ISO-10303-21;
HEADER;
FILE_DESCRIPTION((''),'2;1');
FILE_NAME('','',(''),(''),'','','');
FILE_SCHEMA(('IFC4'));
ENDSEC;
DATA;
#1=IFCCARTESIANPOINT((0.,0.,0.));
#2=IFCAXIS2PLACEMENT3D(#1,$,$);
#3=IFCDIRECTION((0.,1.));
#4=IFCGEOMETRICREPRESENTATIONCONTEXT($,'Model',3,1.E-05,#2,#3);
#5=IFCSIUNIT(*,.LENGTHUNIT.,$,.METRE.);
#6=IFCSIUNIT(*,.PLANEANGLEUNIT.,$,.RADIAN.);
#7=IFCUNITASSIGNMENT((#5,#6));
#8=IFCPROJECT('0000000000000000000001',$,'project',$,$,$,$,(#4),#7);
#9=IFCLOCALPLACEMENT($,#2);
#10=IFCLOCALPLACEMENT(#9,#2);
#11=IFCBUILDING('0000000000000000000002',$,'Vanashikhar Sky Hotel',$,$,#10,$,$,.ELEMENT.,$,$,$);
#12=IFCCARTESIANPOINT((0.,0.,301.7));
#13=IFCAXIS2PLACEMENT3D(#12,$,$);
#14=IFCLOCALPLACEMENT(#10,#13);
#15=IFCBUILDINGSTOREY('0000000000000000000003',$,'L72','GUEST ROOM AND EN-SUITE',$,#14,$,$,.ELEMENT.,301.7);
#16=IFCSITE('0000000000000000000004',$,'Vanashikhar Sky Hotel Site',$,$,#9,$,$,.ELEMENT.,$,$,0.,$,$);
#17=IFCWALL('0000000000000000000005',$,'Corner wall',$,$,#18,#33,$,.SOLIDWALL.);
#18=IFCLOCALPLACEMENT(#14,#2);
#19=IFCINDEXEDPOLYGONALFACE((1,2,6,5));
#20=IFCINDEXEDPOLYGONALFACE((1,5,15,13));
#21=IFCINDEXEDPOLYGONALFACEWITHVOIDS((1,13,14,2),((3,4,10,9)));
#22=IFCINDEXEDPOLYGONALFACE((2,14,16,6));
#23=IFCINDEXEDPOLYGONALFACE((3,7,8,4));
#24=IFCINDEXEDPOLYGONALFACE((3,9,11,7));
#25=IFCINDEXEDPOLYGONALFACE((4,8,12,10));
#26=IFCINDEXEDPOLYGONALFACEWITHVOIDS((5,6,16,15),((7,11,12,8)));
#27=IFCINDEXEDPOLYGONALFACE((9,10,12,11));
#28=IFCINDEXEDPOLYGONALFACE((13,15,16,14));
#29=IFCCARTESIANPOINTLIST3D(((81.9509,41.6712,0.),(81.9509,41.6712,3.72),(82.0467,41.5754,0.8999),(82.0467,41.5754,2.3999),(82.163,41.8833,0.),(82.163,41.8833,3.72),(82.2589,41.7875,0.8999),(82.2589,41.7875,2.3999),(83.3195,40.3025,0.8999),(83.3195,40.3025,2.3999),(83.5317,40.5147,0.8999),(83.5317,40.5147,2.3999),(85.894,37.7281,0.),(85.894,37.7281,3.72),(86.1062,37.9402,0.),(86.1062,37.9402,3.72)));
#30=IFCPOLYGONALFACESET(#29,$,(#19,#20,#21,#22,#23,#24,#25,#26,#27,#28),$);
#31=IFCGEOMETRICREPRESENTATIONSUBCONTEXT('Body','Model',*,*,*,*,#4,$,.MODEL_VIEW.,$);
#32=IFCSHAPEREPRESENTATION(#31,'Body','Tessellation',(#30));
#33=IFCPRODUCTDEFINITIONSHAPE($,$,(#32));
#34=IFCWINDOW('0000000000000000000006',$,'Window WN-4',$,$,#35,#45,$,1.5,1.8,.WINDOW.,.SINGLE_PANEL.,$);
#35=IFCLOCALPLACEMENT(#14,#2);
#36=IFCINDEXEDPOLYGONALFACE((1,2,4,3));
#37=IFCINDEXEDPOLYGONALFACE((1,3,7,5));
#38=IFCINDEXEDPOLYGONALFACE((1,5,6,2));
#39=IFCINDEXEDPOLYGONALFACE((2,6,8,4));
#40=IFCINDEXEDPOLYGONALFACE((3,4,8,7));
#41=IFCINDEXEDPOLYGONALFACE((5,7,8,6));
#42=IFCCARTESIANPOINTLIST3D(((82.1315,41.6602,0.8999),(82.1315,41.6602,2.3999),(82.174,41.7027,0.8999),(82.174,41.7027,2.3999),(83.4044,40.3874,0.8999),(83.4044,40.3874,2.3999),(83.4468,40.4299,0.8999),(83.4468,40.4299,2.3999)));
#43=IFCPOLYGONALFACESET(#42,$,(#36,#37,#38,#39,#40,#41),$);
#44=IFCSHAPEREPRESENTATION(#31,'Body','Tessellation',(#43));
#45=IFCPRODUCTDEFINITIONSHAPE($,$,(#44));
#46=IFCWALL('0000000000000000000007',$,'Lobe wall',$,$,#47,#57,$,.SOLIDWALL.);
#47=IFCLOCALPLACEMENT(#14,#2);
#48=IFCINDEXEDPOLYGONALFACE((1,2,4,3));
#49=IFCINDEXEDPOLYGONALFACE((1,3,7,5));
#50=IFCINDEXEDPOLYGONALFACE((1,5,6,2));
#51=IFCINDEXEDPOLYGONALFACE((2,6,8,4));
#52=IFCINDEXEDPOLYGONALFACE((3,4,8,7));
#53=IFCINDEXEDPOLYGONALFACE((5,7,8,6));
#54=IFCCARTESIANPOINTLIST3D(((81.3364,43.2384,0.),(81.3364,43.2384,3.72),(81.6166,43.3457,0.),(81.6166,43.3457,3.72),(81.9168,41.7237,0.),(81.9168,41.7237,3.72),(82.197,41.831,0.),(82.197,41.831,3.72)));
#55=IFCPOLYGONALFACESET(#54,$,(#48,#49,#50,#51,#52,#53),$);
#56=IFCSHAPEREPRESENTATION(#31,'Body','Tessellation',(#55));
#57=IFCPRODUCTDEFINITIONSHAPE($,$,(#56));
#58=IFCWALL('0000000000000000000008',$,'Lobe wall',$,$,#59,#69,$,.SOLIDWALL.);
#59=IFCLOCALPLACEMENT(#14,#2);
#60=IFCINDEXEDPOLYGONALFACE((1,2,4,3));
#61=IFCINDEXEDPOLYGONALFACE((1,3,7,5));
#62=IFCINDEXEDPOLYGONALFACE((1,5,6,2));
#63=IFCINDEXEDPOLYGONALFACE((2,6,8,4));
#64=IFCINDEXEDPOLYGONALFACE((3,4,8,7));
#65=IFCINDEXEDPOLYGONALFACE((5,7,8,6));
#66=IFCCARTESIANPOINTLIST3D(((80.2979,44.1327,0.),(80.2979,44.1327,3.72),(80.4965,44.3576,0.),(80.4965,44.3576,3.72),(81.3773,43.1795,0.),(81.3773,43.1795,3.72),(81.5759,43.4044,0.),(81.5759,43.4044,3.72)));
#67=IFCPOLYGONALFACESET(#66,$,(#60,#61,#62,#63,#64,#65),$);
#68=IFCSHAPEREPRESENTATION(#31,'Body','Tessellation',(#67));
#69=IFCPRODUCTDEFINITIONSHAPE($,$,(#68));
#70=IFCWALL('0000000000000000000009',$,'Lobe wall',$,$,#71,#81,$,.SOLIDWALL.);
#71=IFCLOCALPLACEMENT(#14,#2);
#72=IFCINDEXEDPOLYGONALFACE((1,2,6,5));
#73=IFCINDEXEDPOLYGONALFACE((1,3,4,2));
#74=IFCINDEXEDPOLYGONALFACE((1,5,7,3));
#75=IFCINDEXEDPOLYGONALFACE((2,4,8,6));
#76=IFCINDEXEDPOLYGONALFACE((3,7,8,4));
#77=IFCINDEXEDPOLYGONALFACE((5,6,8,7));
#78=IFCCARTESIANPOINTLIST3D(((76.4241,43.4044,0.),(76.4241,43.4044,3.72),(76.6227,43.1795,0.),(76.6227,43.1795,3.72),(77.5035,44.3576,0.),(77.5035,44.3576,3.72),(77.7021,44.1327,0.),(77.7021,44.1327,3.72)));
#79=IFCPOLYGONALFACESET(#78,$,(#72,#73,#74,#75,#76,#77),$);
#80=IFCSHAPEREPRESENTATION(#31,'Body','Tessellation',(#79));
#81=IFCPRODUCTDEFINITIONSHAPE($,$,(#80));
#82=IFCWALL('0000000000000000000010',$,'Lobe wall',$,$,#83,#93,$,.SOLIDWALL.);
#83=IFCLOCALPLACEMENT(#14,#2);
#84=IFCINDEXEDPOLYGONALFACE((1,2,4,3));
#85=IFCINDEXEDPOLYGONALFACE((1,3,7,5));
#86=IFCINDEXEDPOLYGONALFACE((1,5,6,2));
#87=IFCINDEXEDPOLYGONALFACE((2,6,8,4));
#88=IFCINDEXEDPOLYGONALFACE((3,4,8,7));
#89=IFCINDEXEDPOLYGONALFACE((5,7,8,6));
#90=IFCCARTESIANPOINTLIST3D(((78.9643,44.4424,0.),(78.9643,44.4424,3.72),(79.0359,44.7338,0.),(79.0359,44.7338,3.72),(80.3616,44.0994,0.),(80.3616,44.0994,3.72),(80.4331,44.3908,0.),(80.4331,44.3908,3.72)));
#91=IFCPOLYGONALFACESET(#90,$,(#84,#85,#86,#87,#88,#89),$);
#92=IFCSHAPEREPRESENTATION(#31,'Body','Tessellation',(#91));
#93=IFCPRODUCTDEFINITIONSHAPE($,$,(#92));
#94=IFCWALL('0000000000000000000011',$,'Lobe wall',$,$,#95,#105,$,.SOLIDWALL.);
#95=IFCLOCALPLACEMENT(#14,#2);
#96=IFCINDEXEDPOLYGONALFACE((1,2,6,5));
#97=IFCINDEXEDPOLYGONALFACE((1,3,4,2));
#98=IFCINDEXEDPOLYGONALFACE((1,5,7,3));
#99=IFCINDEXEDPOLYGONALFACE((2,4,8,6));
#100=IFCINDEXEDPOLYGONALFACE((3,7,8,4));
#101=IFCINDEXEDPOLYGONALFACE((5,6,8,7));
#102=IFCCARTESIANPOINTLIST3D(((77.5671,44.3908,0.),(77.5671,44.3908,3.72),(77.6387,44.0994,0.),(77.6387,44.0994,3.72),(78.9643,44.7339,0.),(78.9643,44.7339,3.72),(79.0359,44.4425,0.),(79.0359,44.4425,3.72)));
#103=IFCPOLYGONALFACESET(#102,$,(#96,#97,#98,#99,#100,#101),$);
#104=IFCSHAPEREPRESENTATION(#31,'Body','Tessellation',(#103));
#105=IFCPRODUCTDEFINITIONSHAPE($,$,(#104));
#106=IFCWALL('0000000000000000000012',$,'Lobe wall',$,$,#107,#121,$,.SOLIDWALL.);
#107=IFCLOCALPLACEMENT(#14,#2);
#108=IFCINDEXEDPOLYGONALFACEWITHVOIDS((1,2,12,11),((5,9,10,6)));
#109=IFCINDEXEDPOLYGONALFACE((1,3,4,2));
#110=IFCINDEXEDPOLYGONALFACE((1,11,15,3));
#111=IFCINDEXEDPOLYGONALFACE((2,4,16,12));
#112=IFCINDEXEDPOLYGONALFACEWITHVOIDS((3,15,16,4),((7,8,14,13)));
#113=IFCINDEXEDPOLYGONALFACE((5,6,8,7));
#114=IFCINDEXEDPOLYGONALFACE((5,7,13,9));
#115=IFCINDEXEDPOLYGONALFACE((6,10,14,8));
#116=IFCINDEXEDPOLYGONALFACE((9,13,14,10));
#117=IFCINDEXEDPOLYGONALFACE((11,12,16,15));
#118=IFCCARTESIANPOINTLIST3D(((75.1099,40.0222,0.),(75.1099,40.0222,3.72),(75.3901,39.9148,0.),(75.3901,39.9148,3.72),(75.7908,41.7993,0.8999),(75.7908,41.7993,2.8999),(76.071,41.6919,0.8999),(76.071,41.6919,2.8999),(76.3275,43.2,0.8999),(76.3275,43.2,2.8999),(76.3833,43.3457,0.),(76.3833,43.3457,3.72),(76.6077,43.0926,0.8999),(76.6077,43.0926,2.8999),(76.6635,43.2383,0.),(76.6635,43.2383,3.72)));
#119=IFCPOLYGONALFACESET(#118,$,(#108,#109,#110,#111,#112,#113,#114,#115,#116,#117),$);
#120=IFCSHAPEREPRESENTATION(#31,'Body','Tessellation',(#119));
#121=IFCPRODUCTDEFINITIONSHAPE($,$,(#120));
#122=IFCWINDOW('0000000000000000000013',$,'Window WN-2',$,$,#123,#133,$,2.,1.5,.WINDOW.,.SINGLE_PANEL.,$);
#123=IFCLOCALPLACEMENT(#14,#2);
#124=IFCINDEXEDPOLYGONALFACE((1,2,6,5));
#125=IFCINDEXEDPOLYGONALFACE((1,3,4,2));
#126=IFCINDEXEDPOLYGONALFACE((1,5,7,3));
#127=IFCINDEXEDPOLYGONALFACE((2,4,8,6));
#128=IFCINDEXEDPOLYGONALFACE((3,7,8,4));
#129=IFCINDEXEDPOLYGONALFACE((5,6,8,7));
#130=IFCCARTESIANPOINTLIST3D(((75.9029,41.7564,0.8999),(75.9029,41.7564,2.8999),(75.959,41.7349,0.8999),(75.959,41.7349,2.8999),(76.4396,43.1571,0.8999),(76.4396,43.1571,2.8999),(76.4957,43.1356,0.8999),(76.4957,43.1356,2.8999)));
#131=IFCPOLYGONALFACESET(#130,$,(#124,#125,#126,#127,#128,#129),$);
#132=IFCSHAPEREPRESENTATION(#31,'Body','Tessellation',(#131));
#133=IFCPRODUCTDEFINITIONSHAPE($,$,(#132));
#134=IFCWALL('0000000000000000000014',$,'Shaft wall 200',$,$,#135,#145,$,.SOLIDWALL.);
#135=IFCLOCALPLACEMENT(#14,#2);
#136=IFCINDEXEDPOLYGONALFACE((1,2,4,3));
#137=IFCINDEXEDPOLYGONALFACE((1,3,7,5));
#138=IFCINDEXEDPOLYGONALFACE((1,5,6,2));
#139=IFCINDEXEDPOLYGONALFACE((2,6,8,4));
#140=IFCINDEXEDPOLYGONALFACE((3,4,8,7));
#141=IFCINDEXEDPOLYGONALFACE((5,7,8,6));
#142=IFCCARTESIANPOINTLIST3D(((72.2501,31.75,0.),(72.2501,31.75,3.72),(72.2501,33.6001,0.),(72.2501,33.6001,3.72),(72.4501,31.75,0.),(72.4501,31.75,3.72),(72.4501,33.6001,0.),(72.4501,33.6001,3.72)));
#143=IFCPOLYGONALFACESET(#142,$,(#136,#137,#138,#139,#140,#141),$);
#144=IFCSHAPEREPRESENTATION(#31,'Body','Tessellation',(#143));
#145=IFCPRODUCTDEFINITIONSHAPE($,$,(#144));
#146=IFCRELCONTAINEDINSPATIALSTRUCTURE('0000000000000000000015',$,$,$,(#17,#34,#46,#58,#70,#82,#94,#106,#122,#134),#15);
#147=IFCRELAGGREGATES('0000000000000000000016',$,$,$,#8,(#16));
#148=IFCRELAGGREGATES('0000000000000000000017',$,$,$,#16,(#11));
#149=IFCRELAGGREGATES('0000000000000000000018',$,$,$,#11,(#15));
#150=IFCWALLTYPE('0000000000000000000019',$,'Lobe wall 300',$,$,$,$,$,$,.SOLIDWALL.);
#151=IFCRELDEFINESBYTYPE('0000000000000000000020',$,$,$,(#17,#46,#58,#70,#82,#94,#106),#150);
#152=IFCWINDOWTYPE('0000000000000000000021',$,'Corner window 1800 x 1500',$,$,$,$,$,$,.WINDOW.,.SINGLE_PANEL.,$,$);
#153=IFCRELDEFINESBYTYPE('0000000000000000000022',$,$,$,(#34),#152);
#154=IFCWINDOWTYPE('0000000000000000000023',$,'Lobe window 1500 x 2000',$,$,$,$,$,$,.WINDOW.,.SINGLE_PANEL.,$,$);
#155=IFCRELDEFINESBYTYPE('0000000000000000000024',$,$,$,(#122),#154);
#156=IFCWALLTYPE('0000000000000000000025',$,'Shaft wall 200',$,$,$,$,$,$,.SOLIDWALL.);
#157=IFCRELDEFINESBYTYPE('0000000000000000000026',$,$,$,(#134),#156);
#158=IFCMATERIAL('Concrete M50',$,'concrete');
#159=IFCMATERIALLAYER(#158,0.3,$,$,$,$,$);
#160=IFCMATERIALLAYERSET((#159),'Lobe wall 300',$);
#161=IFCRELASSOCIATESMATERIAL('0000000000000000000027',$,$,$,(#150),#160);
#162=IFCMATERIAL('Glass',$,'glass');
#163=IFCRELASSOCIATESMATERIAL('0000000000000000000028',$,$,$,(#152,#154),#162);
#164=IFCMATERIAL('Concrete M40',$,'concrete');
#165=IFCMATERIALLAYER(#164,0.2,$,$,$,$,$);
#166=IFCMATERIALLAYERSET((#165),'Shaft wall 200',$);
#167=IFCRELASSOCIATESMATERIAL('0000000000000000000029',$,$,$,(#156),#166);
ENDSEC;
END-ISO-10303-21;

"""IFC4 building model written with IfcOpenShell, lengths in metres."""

from ifc_helpers import new_model, si_unit, direction, frame, frame_2d, origin, place, context, subcontext, project, spatial, rectangle, extrude, source, transform, mapped, material, layer, layer_set, type_object, element, fill, save


model = new_model("IFC4")

# Units and contexts
model_context = context("Model", 3, precision=1e-05, world=origin(), true_north=direction((0.0, 1.0)))
body_context = subcontext(model_context, "Body", "Model", "MODEL_VIEW")
ifc_project = project(units=[si_unit("LENGTHUNIT", "METRE"), si_unit("PLANEANGLEUNIT", "RADIAN")], contexts=[model_context])

# Site, building, storey
site_placement = place(None, origin())
site = spatial("IfcSite", under=ifc_project, at=site_placement, Name="Vanashikhar Sky Hotel Site", CompositionType="ELEMENT", RefElevation=0.0)
building_placement = place(site_placement, origin())
building = spatial("IfcBuilding", under=site, at=building_placement, Name="Vanashikhar Sky Hotel", CompositionType="ELEMENT")
storey_placement = place(building_placement, frame((0.0, 0.0, 301.7)))
storey = spatial("IfcBuildingStorey", under=building, at=storey_placement, Name="L72", Description="GUEST ROOM AND EN-SUITE", CompositionType="ELEMENT", Elevation=301.7)

# Wall, opening, window
ifc_material_1 = material(Name="Concrete M50", Category="concrete")
ifc_layer_1 = layer(ifc_material_1, 0.3)
ifc_layer_set_1 = layer_set([ifc_layer_1], Name="Lobe wall 300")
wall_type_1 = type_object("IfcWallType", Name="Lobe wall 300", PredefinedType="SOLIDWALL", material=ifc_layer_set_1)
shared_shape_1 = source(origin(), body_context, "Body", "SweptSolid", [
    extrude(rectangle(XDim=5.5764, YDim=0.3, at=frame_2d((2.7881, 0.0))), origin(), (0.0, 0.0, 1.0), 3.72),
])
wall_1_placement = place(storey_placement, frame((86.0, 37.8342, 0.0), z_axis=(0.0, 0.0, 1.0), x_axis=(-0.707107, 0.707107, 0.0)))
wall_1 = element("IfcWall", 1, at=wall_1_placement, inside=storey, type_object=wall_type_1, Name="Corner wall", PredefinedType="SOLIDWALL", context=body_context, shape_type="MappedRepresentation", body=[
    mapped(shared_shape_1, transform((0.0, 0.0, 0.0), scale=1.0)),
])
shared_shape_2 = source(origin(), body_context, "Body", "SweptSolid", [
    extrude(rectangle(XDim=1.8, YDim=1.5, at=frame_2d((0.8999, 0.75))), frame((0.0, 0.1602, 0.0), z_axis=(0.0, -1.0, 0.0), x_axis=(1.0, 0.0, 0.0)), (0.0, 0.0, 1.0), 0.3201),
])
opening_1_placement = place(wall_1_placement, frame((3.6409, 0.0, 0.8999)))
opening_1 = element("IfcOpeningElement", 2, at=opening_1_placement, cuts=wall_1, PredefinedType="OPENING", context=body_context, shape_type="MappedRepresentation", body=[
    mapped(shared_shape_2, transform((0.0, 0.0, 0.0), scale=1.0)),
])
ifc_material_2 = material(Name="Glass", Category="glass")
window_type_1 = type_object("IfcWindowType", Name="Corner window 1800 x 1500", PartitioningType="SINGLE_PANEL", PredefinedType="WINDOW", material=ifc_material_2)
shared_shape_3 = source(origin(), body_context, "Body", "SweptSolid", [
    extrude(rectangle(XDim=1.8, YDim=1.5, at=frame_2d((0.8999, 0.75))), frame((0.0, 0.03, 0.0), z_axis=(0.0, -1.0, 0.0), x_axis=(1.0, 0.0, 0.0)), (0.0, 0.0, 1.0), 0.0601),
])
window_1_placement = place(opening_1_placement, origin())
window_1 = element("IfcWindow", 3, at=window_1_placement, inside=storey, type_object=window_type_1, Name="Window WN-4", OverallHeight=1.5, OverallWidth=1.8, PartitioningType="SINGLE_PANEL", PredefinedType="WINDOW", context=body_context, shape_type="MappedRepresentation", body=[
    mapped(shared_shape_3, transform((0.0, 0.0, 0.0), scale=1.0)),
])
fill(opening_1, window_1)

# Walls
shared_shape_4 = source(origin(), body_context, "Body", "SweptSolid", [
    extrude(rectangle(XDim=1.6221, YDim=0.3, at=frame_2d((0.811, 0.0))), origin(), (0.0, 0.0, 1.0), 3.72),
])
wall_2_placement = place(storey_placement, frame((82.0569, 41.7773, 0.0), z_axis=(0.0, 0.0, 1.0), x_axis=(-0.357779, 0.933806, 0.0)))
element("IfcWall", 4, at=wall_2_placement, inside=storey, type_object=wall_type_1, Name="Lobe wall", PredefinedType="SOLIDWALL", context=body_context, shape_type="MappedRepresentation", body=[
    mapped(shared_shape_4, transform((0.0, 0.0, 0.0), scale=1.0)),
])
shared_shape_5 = source(origin(), body_context, "Body", "SweptSolid", [
    extrude(rectangle(XDim=1.4399, YDim=0.3, at=frame_2d((0.72, 0.0))), origin(), (0.0, 0.0, 1.0), 3.72),
])
for number, where, z_axis, x_axis, name in (
    (5, (81.4766, 43.292, 0.0), (0.0, 0.0, 1.0), (-0.749576, 0.661919, 0.0), "Lobe wall"),
    (6, (77.6028, 44.2451, 0.0), (0.0, 0.0, 1.0), (-0.749576, -0.661919, 0.0), "Lobe wall"),
):
    element("IfcWall", number, at=place(storey_placement, frame(where, z_axis=z_axis, x_axis=x_axis)), inside=storey, type_object=wall_type_1, Name=name, PredefinedType="SOLIDWALL", context=body_context, shape_type="MappedRepresentation", body=[
        mapped(shared_shape_5, transform((0.0, 0.0, 0.0), scale=1.0)),
    ])
shared_shape_6 = source(origin(), body_context, "Body", "SweptSolid", [
    extrude(rectangle(XDim=1.4387, YDim=0.3, at=frame_2d((0.7192, 0.0))), origin(), (0.0, 0.0, 1.0), 3.72),
])
for number, where, z_axis, x_axis, name in (
    (7, (80.3972, 44.2451, 0.0), (0.0, 0.0, 1.0), (-0.971162, 0.238421, 0.0), "Lobe wall"),
    (8, (79.0, 44.5881, 0.0), (0.0, 0.0, 1.0), (-0.971162, -0.238421, 0.0), "Lobe wall"),
):
    element("IfcWall", number, at=place(storey_placement, frame(where, z_axis=z_axis, x_axis=x_axis)), inside=storey, type_object=wall_type_1, Name=name, PredefinedType="SOLIDWALL", context=body_context, shape_type="MappedRepresentation", body=[
        mapped(shared_shape_6, transform((0.0, 0.0, 0.0), scale=1.0)),
    ])

# Wall, opening, window
shared_shape_7 = source(origin(), body_context, "Body", "SweptSolid", [
    extrude(rectangle(XDim=3.5591, YDim=0.3, at=frame_2d((1.7795, 0.0))), origin(), (0.0, 0.0, 1.0), 3.72),
])
wall_3_placement = place(storey_placement, frame((76.5234, 43.292, 0.0), z_axis=(0.0, 0.0, 1.0), x_axis=(-0.357797, -0.933799, 0.0)))
wall_3 = element("IfcWall", 9, at=wall_3_placement, inside=storey, type_object=wall_type_1, Name="Lobe wall", PredefinedType="SOLIDWALL", context=body_context, shape_type="MappedRepresentation", body=[
    mapped(shared_shape_7, transform((0.0, 0.0, 0.0), scale=1.0)),
])
shared_shape_8 = source(origin(), body_context, "Body", "SweptSolid", [
    extrude(rectangle(XDim=1.5, YDim=2.0, at=frame_2d((0.75, 1.0))), frame((0.0, 0.1602, 0.0), z_axis=(0.0, -1.0, 0.0), x_axis=(1.0, 0.0, 0.0)), (0.0, 0.0, 1.0), 0.3201),
])
opening_2_placement = place(wall_3_placement, frame((0.156, 0.0, 0.8999)))
opening_2 = element("IfcOpeningElement", 10, at=opening_2_placement, cuts=wall_3, PredefinedType="OPENING", context=body_context, shape_type="MappedRepresentation", body=[
    mapped(shared_shape_8, transform((0.0, 0.0, 0.0), scale=1.0)),
])
window_type_2 = type_object("IfcWindowType", Name="Lobe window 1500 x 2000", PartitioningType="SINGLE_PANEL", PredefinedType="WINDOW", material=ifc_material_2)
shared_shape_9 = source(origin(), body_context, "Body", "SweptSolid", [
    extrude(rectangle(XDim=1.5, YDim=2.0, at=frame_2d((0.75, 1.0))), frame((0.0, 0.03, 0.0), z_axis=(0.0, -1.0, 0.0), x_axis=(1.0, 0.0, 0.0)), (0.0, 0.0, 1.0), 0.0601),
])
window_2_placement = place(opening_2_placement, origin())
window_2 = element("IfcWindow", 11, at=window_2_placement, inside=storey, type_object=window_type_2, Name="Window WN-2", OverallHeight=2.0, OverallWidth=1.5, PartitioningType="SINGLE_PANEL", PredefinedType="WINDOW", context=body_context, shape_type="MappedRepresentation", body=[
    mapped(shared_shape_9, transform((0.0, 0.0, 0.0), scale=1.0)),
])
fill(opening_2, window_2)

# Wall
ifc_material_3 = material(Name="Concrete M40", Category="concrete")
ifc_layer_2 = layer(ifc_material_3, 0.2)
ifc_layer_set_2 = layer_set([ifc_layer_2], Name="Shaft wall 200")
wall_type_2 = type_object("IfcWallType", Name="Shaft wall 200", PredefinedType="SOLIDWALL", material=ifc_layer_set_2)
shared_shape_10 = source(origin(), body_context, "Body", "SweptSolid", [
    extrude(rectangle(XDim=1.8501, YDim=0.2, at=frame_2d((0.925, 0.0))), origin(), (0.0, 0.0, 1.0), 3.72),
])
wall_4_placement = place(storey_placement, frame((72.3501, 31.75, 0.0), z_axis=(0.0, 0.0, 1.0), x_axis=(0.0, 1.0, 0.0)))
element("IfcWall", 12, at=wall_4_placement, inside=storey, type_object=wall_type_2, Name="Shaft wall 200", PredefinedType="SOLIDWALL", context=body_context, shape_type="MappedRepresentation", body=[
    mapped(shared_shape_10, transform((0.0, 0.0, 0.0), scale=1.0)),
])

save(model, "model.ifc")
